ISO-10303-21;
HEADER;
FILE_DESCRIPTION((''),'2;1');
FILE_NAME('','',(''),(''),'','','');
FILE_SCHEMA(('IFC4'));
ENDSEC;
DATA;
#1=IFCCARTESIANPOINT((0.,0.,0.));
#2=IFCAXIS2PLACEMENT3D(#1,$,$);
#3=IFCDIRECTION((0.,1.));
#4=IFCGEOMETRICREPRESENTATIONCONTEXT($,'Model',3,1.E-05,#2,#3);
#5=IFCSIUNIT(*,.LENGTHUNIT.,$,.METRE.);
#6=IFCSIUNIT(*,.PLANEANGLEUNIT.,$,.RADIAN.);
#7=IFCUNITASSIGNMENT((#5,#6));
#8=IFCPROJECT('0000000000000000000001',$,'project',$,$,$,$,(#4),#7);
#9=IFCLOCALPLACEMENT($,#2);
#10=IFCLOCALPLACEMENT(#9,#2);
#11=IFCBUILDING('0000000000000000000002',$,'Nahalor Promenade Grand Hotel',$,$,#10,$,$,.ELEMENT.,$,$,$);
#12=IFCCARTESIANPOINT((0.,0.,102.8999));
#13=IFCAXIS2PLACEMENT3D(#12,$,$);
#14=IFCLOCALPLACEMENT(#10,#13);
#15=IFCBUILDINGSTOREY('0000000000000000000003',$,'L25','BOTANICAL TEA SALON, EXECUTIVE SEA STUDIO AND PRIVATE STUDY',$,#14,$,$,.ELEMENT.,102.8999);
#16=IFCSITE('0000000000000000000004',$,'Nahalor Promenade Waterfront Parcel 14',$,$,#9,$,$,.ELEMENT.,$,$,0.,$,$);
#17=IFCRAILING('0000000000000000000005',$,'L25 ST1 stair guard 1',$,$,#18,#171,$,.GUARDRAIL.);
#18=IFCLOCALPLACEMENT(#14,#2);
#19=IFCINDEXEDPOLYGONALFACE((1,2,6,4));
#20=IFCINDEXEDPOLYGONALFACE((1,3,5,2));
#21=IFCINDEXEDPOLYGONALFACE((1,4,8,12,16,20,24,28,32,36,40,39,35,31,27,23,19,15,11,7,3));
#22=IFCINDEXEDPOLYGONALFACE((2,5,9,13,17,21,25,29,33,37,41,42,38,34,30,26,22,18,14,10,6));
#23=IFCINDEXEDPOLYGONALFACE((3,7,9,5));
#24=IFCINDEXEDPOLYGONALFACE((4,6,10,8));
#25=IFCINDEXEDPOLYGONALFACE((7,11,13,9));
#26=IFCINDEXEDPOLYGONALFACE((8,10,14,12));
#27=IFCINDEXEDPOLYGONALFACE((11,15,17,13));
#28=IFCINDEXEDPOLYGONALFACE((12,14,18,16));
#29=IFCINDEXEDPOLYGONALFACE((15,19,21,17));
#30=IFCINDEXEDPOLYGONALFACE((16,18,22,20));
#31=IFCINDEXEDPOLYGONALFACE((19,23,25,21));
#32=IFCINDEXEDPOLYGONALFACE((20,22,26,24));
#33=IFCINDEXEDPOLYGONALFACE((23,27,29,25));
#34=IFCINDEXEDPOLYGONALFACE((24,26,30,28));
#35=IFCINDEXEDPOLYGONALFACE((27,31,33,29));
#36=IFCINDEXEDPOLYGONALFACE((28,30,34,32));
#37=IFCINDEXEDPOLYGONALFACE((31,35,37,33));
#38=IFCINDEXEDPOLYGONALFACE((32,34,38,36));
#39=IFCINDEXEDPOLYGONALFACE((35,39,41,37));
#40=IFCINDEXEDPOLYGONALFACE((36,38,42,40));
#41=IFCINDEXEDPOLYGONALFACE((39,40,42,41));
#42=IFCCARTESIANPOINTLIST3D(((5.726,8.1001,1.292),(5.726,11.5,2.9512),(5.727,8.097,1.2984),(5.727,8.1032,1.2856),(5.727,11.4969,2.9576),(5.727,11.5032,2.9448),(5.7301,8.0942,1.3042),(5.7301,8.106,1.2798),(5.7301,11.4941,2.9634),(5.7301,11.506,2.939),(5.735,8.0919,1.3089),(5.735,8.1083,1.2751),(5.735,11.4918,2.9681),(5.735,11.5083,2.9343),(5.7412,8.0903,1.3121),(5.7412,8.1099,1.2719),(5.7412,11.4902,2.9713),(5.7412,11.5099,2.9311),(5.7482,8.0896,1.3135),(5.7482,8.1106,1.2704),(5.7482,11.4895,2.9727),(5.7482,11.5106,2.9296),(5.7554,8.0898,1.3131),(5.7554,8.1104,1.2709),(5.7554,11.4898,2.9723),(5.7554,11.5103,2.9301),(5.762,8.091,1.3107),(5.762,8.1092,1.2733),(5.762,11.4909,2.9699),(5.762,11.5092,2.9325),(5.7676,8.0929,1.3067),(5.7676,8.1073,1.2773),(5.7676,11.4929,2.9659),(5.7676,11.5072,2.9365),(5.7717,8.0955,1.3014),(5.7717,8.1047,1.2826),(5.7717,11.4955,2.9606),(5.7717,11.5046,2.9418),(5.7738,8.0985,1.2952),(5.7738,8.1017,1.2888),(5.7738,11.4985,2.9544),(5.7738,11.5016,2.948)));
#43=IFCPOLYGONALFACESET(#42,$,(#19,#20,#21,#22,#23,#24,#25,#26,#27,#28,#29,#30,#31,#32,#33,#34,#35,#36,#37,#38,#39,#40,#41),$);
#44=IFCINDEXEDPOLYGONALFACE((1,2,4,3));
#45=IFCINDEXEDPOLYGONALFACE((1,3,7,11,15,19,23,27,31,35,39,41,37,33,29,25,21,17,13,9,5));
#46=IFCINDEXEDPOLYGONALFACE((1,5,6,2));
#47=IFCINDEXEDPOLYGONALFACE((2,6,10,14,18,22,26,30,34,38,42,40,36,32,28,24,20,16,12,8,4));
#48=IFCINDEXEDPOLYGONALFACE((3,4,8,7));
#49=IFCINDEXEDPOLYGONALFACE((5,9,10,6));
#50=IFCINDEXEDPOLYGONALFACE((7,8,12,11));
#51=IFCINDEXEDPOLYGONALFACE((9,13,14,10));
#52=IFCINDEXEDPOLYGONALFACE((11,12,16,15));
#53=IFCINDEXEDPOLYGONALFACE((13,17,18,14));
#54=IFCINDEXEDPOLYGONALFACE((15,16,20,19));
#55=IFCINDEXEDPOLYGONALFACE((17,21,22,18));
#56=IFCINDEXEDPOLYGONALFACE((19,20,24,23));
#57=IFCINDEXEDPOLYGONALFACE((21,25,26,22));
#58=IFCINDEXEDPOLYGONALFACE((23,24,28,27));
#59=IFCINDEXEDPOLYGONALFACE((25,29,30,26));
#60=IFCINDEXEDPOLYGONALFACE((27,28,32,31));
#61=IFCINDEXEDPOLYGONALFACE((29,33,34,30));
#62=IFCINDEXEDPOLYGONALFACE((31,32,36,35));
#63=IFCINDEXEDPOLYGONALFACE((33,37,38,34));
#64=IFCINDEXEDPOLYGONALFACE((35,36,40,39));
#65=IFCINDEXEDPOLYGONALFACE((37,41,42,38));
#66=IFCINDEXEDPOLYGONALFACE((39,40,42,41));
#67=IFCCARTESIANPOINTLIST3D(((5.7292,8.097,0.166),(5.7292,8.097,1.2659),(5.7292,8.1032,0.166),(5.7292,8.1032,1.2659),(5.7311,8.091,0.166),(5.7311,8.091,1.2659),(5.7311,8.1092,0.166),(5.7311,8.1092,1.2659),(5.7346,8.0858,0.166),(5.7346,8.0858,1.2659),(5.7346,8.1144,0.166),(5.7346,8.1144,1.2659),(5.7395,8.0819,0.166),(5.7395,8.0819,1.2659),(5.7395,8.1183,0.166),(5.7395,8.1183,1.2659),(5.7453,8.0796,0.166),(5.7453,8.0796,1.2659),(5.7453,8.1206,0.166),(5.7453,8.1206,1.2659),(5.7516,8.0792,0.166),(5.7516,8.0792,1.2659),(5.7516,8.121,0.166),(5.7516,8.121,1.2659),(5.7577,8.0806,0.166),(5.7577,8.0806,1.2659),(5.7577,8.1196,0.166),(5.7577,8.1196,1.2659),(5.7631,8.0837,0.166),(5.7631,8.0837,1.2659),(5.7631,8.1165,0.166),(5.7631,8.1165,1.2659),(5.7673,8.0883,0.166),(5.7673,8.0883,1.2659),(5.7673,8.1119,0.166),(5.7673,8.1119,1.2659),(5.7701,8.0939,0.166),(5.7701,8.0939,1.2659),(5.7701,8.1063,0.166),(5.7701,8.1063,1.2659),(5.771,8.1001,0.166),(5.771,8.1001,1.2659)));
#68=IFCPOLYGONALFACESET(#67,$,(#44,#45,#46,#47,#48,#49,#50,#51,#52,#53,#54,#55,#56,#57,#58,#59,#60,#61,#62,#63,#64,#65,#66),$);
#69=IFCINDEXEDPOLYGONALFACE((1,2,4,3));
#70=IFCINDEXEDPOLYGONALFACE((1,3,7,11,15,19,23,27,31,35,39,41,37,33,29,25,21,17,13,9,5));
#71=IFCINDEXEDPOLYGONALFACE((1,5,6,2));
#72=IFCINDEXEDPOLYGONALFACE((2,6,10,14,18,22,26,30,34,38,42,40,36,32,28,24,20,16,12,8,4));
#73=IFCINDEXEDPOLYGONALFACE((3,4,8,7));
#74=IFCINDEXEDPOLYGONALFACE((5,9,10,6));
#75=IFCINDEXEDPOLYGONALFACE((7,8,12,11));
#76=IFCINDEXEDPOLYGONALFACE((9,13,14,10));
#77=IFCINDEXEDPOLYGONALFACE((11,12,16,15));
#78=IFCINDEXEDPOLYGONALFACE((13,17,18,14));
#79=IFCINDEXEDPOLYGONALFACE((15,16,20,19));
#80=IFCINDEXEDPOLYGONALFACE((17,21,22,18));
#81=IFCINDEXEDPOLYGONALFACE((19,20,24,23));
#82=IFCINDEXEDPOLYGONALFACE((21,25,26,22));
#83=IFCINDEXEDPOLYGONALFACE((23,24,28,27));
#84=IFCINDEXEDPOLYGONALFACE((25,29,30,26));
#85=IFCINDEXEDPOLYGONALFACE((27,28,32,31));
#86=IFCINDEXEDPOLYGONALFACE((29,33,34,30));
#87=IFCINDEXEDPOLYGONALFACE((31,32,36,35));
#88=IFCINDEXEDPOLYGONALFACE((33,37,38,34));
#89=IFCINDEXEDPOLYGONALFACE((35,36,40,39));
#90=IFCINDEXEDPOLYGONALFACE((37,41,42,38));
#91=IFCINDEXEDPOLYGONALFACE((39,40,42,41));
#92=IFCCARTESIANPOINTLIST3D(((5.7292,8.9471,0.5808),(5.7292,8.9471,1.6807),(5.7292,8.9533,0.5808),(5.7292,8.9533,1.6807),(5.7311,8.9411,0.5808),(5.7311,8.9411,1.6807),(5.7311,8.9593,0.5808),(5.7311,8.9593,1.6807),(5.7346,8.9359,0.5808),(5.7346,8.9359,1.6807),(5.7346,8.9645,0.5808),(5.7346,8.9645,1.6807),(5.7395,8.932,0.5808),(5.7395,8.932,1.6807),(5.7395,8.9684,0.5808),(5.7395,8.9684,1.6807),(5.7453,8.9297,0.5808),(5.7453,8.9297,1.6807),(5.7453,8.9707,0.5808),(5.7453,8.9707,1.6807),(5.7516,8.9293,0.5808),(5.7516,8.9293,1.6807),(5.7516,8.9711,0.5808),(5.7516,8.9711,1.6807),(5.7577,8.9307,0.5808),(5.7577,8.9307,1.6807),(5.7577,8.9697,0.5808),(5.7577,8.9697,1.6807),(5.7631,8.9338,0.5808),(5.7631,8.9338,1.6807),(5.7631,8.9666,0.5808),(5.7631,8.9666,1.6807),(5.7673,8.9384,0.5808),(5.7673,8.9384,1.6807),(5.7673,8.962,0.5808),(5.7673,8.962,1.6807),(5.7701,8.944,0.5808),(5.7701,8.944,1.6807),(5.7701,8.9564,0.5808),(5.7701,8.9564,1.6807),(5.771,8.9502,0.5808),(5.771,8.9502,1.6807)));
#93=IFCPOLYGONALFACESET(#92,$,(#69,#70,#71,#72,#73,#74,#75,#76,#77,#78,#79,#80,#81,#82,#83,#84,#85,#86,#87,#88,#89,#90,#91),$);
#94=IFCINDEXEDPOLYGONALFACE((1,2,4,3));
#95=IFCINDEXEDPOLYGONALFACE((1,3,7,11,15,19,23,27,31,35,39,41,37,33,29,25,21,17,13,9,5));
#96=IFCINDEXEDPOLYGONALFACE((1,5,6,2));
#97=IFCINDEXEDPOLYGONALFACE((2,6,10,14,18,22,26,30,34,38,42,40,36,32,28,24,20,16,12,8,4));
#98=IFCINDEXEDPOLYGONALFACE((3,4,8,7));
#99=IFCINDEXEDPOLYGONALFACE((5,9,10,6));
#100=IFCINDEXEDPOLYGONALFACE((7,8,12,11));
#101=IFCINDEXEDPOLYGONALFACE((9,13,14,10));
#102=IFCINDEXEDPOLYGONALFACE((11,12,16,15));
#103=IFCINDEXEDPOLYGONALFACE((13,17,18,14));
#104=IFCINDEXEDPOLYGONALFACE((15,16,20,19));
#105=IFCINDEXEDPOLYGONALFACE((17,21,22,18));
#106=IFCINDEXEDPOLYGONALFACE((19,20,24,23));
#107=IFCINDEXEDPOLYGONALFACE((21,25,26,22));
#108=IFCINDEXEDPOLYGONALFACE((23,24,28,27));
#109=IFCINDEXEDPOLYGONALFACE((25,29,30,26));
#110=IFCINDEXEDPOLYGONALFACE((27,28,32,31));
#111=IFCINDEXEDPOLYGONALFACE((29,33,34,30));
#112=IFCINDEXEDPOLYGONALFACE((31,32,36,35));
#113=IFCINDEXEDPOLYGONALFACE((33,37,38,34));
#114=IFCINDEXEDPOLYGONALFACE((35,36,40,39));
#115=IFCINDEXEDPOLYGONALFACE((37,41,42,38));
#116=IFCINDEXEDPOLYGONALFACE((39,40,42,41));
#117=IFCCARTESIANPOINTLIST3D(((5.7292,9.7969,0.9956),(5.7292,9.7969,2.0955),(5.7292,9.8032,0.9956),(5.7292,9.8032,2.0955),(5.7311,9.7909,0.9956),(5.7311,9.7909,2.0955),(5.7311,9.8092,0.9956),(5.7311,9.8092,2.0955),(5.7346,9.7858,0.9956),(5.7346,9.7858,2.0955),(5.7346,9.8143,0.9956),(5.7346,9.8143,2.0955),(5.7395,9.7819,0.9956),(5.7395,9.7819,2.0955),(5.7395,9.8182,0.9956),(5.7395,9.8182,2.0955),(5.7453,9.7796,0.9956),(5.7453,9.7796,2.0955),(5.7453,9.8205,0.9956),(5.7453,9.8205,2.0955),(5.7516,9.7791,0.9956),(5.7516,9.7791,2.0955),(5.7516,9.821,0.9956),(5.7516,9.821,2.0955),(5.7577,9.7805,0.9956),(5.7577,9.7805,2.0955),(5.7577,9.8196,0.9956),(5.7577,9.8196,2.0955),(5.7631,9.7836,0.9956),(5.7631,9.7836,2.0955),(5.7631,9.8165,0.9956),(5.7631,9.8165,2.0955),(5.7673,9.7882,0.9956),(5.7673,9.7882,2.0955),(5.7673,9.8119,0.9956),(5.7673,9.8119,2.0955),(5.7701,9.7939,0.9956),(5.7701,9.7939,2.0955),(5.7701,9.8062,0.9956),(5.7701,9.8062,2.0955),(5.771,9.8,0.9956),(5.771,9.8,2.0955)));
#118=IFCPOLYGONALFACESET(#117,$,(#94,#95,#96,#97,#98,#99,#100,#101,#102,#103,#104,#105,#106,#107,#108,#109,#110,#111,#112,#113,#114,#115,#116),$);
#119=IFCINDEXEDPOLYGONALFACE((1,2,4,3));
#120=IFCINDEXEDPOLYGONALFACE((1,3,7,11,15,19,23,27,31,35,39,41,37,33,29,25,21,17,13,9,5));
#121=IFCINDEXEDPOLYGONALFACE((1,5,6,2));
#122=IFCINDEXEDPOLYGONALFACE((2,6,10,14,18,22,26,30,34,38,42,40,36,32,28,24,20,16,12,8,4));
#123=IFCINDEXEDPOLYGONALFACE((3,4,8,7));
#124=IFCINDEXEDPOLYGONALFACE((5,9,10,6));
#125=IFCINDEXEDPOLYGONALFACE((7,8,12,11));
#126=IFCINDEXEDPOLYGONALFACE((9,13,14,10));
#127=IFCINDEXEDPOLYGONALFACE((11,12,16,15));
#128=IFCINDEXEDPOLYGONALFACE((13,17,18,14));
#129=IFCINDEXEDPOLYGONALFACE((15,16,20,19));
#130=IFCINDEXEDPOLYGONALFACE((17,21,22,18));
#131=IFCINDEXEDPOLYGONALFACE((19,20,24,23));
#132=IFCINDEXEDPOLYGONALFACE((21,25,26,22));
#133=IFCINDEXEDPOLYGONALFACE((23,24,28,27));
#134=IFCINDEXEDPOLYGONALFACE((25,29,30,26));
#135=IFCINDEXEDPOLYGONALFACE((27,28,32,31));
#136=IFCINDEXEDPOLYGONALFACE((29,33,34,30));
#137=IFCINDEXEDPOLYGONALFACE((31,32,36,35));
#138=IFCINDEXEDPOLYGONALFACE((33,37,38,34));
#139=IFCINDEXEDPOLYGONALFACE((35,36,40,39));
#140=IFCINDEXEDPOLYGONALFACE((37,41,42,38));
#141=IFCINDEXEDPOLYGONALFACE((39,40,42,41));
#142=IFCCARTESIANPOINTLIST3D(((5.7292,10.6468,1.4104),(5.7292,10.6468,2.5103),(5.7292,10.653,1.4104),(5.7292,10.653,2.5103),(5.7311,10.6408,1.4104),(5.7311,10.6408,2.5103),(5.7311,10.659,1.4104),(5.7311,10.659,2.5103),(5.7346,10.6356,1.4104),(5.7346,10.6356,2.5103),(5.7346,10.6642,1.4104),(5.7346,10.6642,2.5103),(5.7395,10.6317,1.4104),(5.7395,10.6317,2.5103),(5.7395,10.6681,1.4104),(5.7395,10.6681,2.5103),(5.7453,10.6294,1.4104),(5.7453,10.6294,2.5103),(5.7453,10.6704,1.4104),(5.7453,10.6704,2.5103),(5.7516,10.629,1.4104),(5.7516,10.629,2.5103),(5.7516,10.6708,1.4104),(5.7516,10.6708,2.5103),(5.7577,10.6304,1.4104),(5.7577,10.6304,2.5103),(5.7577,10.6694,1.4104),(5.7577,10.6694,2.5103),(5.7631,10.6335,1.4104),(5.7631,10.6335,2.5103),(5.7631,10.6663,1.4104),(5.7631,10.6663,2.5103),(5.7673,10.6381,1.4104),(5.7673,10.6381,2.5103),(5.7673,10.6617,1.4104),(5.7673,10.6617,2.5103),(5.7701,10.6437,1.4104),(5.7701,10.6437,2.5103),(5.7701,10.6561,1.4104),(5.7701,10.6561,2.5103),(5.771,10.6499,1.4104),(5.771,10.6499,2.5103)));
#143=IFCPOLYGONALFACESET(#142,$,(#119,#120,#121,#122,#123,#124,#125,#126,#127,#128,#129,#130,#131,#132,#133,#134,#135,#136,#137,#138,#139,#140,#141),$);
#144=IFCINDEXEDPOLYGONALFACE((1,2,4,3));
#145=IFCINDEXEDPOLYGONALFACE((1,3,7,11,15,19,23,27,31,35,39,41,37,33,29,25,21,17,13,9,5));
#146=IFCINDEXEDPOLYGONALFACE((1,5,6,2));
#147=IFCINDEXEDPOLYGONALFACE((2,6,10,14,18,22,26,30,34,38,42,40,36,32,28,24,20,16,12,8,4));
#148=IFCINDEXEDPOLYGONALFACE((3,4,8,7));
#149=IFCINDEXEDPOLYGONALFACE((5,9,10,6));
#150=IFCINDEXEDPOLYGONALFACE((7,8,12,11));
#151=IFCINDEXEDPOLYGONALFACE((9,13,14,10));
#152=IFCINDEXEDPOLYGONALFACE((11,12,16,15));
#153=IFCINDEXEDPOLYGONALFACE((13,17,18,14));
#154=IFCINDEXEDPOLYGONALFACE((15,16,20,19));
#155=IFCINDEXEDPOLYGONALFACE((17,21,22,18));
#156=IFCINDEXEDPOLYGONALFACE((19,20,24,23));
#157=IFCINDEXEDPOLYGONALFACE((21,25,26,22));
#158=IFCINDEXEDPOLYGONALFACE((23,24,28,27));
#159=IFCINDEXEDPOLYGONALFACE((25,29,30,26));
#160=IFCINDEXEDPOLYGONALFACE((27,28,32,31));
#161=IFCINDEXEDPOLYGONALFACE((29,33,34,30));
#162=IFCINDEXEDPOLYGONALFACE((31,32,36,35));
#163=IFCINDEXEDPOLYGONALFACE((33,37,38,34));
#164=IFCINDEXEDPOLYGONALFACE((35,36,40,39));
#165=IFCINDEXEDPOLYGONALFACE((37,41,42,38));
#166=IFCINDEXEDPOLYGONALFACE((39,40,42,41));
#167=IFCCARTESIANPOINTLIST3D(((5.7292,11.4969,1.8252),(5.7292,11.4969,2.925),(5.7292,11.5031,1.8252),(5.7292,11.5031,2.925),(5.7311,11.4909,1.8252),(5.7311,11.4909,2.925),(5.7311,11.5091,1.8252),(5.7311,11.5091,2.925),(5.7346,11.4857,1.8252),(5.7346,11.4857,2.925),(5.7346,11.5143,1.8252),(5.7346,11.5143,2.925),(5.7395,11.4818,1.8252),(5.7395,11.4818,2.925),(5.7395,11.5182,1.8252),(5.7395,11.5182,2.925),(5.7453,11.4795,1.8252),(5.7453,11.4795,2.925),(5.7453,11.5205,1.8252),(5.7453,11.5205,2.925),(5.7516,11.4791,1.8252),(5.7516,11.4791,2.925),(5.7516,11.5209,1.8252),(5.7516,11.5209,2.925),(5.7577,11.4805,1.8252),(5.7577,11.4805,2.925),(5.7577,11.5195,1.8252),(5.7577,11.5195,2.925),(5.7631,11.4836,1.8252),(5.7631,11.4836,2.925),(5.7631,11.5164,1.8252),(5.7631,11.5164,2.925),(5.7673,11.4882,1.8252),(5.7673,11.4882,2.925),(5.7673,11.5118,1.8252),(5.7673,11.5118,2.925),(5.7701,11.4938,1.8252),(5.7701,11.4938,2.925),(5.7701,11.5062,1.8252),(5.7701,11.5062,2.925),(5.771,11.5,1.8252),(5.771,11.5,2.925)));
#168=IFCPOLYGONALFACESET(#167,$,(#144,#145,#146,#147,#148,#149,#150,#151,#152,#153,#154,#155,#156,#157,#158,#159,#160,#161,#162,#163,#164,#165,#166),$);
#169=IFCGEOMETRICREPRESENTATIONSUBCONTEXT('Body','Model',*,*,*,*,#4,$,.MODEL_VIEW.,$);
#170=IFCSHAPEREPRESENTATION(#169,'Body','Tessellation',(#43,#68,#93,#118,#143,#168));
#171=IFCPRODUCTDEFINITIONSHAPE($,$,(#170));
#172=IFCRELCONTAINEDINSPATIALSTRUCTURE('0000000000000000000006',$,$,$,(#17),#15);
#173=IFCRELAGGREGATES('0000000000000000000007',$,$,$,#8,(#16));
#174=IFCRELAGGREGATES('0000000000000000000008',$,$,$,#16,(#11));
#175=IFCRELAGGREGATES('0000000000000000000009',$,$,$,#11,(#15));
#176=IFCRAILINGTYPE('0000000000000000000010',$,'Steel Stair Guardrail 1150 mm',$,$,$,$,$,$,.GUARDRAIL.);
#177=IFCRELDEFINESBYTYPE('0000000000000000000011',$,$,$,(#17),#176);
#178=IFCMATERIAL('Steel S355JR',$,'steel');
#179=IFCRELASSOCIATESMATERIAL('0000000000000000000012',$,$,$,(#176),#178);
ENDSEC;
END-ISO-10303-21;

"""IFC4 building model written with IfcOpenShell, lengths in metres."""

from ifc_helpers import new_model, si_unit, direction, frame, origin, origin_2d, place, context, subcontext, project, spatial, circle, extrude, material, type_object, element, save


model = new_model("IFC4")

# Units and contexts
model_context = context("Model", 3, precision=1e-05, world=origin(), true_north=direction((0.0, 1.0)))
body_context = subcontext(model_context, "Body", "Model", "MODEL_VIEW")
ifc_project = project(units=[si_unit("LENGTHUNIT", "METRE"), si_unit("PLANEANGLEUNIT", "RADIAN")], contexts=[model_context])

# Site, building, storey
site_placement = place(None, origin())
site = spatial("IfcSite", under=ifc_project, at=site_placement, Name="Nahalor Promenade Waterfront Parcel 14", CompositionType="ELEMENT", RefElevation=0.0)
building_placement = place(site_placement, origin())
building = spatial("IfcBuilding", under=site, at=building_placement, Name="Nahalor Promenade Grand Hotel", CompositionType="ELEMENT")
storey_placement = place(building_placement, frame((0.0, 0.0, 102.8999)))
storey = spatial("IfcBuildingStorey", under=building, at=storey_placement, Name="L25", Description="BOTANICAL TEA SALON, EXECUTIVE SEA STUDIO AND PRIVATE STUDY", CompositionType="ELEMENT", Elevation=102.8999)

# Shared definitions
ifc_material_1 = material(Name="Steel S355JR", Category="steel")

# Railing
railing_type_1 = type_object("IfcRailingType", Name="Steel Stair Guardrail 1150 mm", PredefinedType="GUARDRAIL", material=ifc_material_1)
railing_1_placement = place(storey_placement, frame((5.75, 8.1001, 0.166)))
element("IfcRailing", 1, at=railing_1_placement, inside=storey, type_object=railing_type_1, Name="L25 ST1 stair guard 1", PredefinedType="GUARDRAIL", context=body_context, shape_type="SweptSolid", body=[
    extrude(circle(Radius=0.024, at=origin_2d()), frame((0.0, 0.0, 1.126), z_axis=(0.0, 0.898696, 0.438571), x_axis=(-1.0, 0.0, 0.0)), (0.0, 0.0, 1.0), 3.7832),
    extrude(circle(Radius=0.021, at=origin_2d()), origin(), (0.0, 0.0, 1.0), 1.0999),
    extrude(circle(Radius=0.021, at=origin_2d()), frame((0.0, 0.8501, 0.4148)), (0.0, 0.0, 1.0), 1.0999),
    extrude(circle(Radius=0.021, at=origin_2d()), frame((0.0, 1.7, 0.8296)), (0.0, 0.0, 1.0), 1.0999),
    extrude(circle(Radius=0.021, at=origin_2d()), frame((0.0, 2.5498, 1.2444)), (0.0, 0.0, 1.0), 1.0999),
    extrude(circle(Radius=0.021, at=origin_2d()), frame((0.0, 3.3999, 1.6592)), (0.0, 0.0, 1.0), 1.0999),
])

save(model, "model.ifc")
